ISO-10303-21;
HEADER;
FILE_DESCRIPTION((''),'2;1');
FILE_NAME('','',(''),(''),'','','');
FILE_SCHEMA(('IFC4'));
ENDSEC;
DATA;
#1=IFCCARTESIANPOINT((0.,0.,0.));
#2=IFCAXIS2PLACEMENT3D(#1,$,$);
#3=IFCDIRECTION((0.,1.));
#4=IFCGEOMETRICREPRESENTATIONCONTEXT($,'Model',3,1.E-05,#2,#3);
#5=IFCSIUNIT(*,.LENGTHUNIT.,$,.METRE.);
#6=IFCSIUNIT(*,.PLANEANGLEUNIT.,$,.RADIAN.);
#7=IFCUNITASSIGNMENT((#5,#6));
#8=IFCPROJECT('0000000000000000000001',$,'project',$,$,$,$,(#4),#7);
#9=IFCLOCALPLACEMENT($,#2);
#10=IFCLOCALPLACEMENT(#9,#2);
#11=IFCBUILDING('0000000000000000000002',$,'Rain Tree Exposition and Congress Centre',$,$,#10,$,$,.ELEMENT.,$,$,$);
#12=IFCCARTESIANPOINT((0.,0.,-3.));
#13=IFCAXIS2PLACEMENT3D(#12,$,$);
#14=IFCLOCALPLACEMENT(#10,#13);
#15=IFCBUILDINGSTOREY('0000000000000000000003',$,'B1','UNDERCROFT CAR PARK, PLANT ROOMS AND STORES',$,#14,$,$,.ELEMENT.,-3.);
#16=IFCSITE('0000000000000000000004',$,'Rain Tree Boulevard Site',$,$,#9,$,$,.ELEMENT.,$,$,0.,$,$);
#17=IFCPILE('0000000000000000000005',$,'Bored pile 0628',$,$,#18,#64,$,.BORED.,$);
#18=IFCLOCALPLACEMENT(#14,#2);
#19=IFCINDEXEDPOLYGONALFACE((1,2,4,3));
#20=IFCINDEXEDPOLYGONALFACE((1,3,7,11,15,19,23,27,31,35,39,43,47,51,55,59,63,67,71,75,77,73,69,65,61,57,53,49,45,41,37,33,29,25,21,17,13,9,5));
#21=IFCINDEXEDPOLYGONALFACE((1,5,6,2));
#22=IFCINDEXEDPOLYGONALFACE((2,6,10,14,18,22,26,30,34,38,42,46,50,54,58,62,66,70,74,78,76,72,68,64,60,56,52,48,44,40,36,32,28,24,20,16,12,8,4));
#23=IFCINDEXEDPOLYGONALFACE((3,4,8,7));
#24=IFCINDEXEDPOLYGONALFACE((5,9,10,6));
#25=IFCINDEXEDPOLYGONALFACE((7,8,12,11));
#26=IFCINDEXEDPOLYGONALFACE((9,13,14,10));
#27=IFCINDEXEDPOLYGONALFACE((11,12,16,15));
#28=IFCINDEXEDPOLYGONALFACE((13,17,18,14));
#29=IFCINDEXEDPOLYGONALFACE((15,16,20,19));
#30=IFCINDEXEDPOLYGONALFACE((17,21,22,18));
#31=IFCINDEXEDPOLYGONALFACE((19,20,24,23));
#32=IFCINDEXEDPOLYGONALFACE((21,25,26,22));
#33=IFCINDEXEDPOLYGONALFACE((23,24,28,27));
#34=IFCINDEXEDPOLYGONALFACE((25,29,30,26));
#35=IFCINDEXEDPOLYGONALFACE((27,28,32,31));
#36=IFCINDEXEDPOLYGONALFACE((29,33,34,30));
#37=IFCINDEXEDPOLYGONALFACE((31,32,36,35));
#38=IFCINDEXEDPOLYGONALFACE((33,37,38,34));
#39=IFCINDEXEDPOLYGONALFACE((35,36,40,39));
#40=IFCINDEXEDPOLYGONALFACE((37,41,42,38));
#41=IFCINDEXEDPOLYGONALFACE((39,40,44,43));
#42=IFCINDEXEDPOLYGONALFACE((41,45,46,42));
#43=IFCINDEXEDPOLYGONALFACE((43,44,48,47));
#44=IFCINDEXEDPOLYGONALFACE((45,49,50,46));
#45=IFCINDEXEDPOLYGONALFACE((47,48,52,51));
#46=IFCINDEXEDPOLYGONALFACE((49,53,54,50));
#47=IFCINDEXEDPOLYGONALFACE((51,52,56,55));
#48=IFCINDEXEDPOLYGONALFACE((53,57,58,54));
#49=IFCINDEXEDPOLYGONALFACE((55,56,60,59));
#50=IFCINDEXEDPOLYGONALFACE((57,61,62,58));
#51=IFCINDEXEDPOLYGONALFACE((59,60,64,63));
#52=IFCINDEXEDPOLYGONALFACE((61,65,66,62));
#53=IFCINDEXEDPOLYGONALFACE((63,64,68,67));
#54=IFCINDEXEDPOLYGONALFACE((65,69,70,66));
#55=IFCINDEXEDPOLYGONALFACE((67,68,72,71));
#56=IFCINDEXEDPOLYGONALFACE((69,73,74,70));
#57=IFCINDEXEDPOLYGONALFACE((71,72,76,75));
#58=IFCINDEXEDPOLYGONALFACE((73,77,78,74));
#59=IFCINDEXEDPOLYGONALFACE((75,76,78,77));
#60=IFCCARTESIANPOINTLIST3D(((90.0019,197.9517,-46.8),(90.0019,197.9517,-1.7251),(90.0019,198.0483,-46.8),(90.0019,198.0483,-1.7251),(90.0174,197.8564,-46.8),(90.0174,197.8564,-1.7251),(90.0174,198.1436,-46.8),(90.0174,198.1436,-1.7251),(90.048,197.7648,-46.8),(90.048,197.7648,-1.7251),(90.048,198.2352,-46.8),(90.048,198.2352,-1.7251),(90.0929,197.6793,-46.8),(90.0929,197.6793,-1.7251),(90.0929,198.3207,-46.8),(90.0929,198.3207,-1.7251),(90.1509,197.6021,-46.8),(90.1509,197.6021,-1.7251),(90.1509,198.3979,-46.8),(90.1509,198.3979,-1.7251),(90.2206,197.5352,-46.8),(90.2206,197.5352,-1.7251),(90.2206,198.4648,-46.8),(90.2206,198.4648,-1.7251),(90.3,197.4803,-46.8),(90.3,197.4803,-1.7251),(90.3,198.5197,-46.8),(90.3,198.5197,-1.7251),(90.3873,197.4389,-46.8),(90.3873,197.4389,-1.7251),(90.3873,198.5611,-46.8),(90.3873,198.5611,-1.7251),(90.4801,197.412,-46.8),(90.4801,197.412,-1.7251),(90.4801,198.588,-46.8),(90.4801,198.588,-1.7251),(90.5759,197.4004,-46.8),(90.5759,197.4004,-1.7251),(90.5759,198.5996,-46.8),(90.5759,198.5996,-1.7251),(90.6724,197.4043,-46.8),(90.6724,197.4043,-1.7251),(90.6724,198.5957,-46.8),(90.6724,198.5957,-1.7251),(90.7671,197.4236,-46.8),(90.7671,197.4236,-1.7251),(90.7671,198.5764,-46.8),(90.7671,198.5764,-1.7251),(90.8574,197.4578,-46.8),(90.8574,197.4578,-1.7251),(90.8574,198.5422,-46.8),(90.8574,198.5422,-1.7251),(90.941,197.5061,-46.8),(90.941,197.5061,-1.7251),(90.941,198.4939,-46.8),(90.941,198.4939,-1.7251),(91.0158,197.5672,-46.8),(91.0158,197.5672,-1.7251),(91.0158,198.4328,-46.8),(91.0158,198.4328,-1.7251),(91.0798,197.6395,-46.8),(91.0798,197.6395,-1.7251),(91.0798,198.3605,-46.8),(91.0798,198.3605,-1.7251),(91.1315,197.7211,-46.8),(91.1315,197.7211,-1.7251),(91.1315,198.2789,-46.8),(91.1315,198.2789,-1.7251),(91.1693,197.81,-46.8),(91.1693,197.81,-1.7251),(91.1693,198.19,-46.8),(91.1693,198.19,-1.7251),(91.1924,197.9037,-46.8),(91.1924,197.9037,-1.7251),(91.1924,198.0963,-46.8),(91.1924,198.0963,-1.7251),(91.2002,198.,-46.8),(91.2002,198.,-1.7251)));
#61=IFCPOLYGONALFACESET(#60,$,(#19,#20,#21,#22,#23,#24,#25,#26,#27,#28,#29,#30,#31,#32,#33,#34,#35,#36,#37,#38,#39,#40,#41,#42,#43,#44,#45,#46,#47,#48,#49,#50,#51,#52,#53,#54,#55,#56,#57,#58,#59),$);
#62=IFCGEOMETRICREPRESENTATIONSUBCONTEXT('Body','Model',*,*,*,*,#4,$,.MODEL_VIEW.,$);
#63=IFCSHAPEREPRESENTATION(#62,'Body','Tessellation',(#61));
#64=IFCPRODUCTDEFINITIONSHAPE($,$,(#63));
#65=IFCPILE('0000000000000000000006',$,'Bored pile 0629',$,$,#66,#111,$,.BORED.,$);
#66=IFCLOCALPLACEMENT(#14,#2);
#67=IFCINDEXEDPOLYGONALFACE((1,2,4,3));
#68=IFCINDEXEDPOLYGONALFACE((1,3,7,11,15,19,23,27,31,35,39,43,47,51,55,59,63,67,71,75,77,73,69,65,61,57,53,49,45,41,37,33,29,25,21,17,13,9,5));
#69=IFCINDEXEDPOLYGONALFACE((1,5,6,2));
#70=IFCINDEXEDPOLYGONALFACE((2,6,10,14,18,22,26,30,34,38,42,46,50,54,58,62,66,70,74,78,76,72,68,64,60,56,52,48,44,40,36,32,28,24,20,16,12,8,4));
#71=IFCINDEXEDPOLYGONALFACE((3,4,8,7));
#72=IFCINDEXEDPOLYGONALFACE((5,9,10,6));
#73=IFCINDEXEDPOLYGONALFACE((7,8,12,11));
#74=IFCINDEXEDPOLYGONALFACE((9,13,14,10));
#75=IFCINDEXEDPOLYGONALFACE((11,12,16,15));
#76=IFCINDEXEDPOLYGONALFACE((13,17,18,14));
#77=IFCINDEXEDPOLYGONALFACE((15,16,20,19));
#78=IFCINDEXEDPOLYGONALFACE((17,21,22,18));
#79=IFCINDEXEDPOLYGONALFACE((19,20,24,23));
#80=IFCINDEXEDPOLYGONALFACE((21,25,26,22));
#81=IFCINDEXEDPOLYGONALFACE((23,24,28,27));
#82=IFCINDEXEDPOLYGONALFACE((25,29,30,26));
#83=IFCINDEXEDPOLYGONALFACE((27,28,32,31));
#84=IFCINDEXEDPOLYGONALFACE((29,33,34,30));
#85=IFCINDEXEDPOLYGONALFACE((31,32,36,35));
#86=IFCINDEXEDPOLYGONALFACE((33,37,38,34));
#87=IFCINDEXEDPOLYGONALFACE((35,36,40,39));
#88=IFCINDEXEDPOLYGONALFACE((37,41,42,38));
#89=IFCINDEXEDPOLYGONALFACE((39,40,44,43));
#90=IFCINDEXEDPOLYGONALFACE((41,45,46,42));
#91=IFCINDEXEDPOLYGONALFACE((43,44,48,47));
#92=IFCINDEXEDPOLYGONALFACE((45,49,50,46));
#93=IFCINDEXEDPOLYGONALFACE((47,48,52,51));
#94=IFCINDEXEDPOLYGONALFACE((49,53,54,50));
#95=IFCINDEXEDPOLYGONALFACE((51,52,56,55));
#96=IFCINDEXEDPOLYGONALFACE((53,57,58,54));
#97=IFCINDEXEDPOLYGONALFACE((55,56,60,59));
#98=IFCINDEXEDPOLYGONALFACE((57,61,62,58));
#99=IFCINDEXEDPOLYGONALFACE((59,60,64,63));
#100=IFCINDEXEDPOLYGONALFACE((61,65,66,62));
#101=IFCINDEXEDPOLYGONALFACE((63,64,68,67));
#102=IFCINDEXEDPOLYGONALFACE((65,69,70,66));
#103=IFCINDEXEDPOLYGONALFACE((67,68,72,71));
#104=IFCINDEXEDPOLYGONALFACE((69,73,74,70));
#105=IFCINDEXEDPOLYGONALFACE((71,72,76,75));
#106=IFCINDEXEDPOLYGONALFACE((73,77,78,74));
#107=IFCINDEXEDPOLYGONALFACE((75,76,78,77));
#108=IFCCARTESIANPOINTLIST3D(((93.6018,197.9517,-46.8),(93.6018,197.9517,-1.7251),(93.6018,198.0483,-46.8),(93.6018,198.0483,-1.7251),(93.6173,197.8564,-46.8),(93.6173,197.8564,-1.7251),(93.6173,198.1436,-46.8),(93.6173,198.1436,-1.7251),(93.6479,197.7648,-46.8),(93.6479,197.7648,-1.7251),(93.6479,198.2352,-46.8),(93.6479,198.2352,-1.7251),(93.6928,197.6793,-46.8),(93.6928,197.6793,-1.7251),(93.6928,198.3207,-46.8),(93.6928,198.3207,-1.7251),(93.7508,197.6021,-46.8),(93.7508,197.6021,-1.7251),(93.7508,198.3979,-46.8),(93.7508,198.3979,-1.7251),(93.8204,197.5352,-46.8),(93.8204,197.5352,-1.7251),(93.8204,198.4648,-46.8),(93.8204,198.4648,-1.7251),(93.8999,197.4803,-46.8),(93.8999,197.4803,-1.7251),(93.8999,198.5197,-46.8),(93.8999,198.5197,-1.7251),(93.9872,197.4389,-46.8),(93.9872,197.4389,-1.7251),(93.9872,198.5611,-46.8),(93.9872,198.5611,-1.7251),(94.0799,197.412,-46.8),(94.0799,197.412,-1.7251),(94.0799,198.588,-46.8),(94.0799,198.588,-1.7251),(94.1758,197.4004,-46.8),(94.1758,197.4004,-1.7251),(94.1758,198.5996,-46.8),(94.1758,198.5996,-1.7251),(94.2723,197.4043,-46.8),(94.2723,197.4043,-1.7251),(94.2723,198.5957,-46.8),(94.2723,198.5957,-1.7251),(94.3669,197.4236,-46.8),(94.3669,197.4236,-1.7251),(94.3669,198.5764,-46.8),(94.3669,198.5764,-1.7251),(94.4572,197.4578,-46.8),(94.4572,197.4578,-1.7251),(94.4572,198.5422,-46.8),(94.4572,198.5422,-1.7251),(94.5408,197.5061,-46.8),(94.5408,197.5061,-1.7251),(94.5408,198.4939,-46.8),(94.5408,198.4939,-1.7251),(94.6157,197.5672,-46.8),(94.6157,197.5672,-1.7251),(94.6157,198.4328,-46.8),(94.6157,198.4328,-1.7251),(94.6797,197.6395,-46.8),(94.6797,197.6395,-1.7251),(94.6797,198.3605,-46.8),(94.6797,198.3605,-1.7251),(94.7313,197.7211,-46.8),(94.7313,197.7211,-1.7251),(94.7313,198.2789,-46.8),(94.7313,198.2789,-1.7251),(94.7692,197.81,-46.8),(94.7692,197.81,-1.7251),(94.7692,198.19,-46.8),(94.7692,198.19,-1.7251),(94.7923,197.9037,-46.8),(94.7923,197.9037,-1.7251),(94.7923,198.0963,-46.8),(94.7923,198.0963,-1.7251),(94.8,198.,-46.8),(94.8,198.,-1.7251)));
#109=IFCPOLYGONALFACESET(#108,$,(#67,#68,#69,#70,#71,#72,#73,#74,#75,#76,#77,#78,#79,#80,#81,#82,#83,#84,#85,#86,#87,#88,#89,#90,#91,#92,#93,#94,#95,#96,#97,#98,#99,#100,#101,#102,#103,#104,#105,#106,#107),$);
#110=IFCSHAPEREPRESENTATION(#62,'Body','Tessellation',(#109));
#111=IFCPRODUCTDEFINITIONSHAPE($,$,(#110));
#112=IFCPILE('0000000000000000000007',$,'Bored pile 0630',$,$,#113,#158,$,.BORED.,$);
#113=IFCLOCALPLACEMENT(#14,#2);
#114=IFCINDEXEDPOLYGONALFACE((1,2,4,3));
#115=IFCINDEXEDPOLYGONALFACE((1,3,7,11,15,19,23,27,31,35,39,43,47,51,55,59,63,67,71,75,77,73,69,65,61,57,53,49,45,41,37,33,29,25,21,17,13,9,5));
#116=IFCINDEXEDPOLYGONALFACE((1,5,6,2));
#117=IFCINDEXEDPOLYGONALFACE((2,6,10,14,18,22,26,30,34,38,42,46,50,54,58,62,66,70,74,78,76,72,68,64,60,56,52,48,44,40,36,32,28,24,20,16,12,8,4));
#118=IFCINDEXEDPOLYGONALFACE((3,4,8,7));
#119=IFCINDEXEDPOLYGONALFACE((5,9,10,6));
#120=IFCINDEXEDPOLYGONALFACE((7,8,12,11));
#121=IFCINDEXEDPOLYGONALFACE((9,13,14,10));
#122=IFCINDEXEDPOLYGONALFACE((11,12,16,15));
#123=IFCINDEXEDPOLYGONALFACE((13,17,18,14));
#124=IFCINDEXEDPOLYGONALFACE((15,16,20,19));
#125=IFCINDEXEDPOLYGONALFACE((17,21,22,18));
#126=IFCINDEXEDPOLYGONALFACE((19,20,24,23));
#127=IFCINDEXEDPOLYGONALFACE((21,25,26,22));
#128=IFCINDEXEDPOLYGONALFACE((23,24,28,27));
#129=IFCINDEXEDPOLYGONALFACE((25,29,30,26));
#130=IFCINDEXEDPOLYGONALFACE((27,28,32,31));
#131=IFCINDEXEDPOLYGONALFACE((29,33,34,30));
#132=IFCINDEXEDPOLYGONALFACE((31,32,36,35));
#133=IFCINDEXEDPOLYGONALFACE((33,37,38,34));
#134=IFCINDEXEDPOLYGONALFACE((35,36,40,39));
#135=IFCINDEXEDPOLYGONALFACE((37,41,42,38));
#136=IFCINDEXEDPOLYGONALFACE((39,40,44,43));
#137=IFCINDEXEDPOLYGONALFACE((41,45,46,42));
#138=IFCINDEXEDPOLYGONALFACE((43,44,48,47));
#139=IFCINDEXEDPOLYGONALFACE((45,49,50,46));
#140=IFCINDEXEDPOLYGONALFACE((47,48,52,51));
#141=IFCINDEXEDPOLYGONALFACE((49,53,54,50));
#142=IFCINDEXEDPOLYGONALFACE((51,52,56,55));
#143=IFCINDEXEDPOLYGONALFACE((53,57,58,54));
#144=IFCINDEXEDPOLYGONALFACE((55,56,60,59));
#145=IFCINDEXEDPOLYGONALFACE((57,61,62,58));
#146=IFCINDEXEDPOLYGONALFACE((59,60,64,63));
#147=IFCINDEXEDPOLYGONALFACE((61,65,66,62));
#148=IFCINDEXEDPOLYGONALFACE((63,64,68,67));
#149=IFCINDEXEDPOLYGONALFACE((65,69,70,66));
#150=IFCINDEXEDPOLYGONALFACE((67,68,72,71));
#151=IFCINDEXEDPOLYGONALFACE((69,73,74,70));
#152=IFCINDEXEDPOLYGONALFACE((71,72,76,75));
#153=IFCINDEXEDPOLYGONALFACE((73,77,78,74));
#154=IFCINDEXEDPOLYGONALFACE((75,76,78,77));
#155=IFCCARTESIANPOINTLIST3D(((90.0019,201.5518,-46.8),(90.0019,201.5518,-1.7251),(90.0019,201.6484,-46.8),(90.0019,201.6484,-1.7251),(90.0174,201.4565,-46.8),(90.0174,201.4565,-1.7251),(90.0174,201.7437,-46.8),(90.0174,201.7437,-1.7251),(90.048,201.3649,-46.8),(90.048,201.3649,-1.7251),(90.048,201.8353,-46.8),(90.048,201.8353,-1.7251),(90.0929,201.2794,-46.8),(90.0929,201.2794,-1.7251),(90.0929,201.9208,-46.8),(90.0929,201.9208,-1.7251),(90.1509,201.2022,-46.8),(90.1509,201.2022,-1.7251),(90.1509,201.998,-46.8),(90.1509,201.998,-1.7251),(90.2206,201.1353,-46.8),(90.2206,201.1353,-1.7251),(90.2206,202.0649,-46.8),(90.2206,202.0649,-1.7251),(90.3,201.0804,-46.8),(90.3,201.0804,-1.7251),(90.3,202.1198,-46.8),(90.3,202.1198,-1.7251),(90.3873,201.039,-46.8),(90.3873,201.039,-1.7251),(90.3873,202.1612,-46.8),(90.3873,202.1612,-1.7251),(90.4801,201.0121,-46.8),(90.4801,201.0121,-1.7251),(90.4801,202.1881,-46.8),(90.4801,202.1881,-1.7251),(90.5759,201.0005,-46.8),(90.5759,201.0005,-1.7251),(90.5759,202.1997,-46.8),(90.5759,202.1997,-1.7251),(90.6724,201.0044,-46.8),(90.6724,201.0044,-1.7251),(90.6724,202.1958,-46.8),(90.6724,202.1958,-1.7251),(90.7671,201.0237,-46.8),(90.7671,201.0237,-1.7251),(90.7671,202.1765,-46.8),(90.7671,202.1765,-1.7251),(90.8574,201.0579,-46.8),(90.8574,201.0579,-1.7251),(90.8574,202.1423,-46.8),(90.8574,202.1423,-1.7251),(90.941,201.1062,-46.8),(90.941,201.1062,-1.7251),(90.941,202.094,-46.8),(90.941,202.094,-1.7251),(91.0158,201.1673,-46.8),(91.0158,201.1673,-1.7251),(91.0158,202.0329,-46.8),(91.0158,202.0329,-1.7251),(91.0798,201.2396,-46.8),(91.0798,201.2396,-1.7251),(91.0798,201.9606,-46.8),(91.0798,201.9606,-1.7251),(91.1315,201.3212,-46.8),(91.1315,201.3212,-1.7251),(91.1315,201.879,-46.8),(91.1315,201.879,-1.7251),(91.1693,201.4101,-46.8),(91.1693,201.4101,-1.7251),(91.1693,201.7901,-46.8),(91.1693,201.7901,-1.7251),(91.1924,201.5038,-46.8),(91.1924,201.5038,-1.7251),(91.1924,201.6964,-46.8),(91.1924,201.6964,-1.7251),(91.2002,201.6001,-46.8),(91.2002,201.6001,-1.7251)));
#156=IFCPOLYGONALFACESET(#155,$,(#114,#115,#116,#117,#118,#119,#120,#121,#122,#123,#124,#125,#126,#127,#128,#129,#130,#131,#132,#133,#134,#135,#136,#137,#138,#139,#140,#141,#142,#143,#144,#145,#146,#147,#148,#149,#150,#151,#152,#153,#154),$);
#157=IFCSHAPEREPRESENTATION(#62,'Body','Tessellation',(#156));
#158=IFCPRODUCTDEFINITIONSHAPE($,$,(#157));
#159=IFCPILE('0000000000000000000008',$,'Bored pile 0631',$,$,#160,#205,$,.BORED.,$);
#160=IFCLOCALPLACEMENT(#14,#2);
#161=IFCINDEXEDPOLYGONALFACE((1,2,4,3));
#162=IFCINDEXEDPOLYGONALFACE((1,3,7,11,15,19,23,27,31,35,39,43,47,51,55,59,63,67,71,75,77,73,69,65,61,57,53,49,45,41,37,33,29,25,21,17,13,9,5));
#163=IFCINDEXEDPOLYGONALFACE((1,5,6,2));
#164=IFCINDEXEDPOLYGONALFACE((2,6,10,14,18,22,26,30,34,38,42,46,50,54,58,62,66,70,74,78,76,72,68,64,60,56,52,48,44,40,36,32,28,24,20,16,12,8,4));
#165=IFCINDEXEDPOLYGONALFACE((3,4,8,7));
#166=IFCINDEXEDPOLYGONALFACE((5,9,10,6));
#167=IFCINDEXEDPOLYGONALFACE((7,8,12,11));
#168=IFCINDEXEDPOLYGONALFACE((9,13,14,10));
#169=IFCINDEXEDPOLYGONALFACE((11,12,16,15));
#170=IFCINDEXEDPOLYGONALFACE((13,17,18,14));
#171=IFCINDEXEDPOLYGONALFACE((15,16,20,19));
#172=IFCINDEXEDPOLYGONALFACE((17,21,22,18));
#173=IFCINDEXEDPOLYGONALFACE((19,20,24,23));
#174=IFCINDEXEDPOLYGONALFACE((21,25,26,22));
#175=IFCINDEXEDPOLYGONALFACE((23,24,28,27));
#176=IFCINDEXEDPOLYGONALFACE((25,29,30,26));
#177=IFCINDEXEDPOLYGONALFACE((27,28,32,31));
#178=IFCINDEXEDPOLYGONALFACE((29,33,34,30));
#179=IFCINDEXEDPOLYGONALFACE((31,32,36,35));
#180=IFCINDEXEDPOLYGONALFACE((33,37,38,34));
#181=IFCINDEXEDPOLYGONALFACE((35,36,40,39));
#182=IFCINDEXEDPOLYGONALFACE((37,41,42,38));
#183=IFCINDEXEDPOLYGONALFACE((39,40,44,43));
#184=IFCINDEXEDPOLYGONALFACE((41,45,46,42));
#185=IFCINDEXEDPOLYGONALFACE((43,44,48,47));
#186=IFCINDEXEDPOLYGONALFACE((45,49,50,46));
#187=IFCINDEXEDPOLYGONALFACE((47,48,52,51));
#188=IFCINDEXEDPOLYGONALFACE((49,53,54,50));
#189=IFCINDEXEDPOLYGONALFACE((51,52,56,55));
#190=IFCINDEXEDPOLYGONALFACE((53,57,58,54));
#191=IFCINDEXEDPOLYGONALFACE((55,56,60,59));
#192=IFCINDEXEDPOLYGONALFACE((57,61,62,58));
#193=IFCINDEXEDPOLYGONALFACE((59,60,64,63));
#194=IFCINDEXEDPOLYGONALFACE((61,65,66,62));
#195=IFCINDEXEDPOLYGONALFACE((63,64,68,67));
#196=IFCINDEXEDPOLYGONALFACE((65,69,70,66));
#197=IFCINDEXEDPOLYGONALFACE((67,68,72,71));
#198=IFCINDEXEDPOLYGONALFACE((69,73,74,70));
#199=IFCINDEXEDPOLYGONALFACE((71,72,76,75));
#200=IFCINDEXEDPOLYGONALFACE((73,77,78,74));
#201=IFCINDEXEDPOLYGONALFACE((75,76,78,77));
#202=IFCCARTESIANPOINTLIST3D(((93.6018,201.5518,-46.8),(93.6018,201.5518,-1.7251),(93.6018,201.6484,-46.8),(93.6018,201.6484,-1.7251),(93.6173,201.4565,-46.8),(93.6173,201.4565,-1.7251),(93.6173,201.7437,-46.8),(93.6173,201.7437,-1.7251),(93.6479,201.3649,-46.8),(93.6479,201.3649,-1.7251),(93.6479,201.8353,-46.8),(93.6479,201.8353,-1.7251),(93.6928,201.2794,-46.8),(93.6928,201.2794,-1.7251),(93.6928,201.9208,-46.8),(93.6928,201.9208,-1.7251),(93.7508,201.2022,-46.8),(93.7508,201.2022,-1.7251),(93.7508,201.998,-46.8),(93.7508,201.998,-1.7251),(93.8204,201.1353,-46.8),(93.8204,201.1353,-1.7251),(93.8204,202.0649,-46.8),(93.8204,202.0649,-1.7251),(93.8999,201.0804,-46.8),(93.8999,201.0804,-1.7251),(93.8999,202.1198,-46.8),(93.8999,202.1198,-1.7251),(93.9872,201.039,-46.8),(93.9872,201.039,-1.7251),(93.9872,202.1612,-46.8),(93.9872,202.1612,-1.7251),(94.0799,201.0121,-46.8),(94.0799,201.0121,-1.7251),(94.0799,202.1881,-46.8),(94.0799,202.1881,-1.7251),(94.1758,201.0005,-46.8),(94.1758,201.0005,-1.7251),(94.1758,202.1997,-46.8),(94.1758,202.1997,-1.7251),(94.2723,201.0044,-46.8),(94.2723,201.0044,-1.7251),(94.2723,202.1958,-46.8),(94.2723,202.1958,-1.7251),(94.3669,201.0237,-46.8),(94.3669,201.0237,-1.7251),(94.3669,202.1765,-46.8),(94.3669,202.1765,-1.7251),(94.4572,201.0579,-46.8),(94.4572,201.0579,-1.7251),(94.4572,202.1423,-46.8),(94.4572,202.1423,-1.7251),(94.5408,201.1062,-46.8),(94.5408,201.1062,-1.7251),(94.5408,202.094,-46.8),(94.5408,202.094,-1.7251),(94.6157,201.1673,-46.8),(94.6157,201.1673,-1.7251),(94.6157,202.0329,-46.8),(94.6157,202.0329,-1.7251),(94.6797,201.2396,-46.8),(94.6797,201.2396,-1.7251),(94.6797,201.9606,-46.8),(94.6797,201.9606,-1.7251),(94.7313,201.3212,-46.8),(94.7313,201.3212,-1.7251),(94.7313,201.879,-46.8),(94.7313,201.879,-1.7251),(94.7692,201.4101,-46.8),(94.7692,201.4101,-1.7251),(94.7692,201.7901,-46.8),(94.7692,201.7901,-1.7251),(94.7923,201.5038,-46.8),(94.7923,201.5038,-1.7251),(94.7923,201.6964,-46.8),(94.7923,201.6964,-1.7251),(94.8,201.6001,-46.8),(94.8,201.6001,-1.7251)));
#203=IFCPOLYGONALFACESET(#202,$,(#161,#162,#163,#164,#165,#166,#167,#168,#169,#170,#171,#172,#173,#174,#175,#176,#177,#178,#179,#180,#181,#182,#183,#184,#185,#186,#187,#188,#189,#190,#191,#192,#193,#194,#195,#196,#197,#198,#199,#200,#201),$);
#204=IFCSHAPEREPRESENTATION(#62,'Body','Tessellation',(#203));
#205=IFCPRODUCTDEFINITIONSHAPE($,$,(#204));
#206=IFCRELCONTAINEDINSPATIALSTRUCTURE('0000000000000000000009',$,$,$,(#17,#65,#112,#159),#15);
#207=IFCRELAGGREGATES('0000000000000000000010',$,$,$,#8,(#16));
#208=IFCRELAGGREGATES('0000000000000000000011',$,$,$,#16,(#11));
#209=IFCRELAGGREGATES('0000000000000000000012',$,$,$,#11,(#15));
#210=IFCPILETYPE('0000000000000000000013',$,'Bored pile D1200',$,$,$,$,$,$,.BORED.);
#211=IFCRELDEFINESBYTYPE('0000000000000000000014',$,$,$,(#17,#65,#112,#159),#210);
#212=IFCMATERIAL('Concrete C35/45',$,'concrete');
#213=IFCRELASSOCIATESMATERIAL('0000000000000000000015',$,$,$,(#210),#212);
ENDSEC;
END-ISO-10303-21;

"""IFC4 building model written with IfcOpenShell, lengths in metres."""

from ifc_helpers import new_model, si_unit, direction, frame, origin, origin_2d, place, context, subcontext, project, spatial, circle, extrude, material, material_profile, profile_set, type_object, element, save


model = new_model("IFC4")

# Units and contexts
model_context = context("Model", 3, precision=1e-05, world=origin(), true_north=direction((0.0, 1.0)))
body_context = subcontext(model_context, "Body", "Model", "MODEL_VIEW")
ifc_project = project(units=[si_unit("LENGTHUNIT", "METRE"), si_unit("PLANEANGLEUNIT", "RADIAN")], contexts=[model_context])

# Site, building, storey
site_placement = place(None, origin())
site = spatial("IfcSite", under=ifc_project, at=site_placement, Name="Rain Tree Boulevard Site", CompositionType="ELEMENT", RefElevation=0.0)
building_placement = place(site_placement, origin())
building = spatial("IfcBuilding", under=site, at=building_placement, Name="Rain Tree Exposition and Congress Centre", CompositionType="ELEMENT")
storey_placement = place(building_placement, frame((0.0, 0.0, -3.0)))
storey = spatial("IfcBuildingStorey", under=building, at=storey_placement, Name="B1", Description="UNDERCROFT CAR PARK, PLANT ROOMS AND STORES", CompositionType="ELEMENT", Elevation=-3.0)

# Piles
ifc_material_1 = material(Name="Concrete C35/45", Category="concrete")
ifc_material_profile_1 = material_profile(ifc_material_1, circle(Radius=0.6001, at=origin_2d()), Name="D1200")
ifc_profile_set_1 = profile_set([ifc_material_profile_1], Name="Concrete C35/45")
pile_type_1 = type_object("IfcPileType", Name="Bored pile D1200", PredefinedType="BORED", material=ifc_profile_set_1)
for number, where, z_axis, x_axis, name in (
    (1, (90.6001, 198.0, -1.7251), (0.0, 0.0, -1.0), (1.0, 0.0, 0.0), "Bored pile 0628"),
    (2, (94.2, 198.0, -1.7251), (0.0, 0.0, -1.0), (1.0, 0.0, 0.0), "Bored pile 0629"),
    (3, (90.6001, 201.6001, -1.7251), (0.0, 0.0, -1.0), (1.0, 0.0, 0.0), "Bored pile 0630"),
    (4, (94.2, 201.6001, -1.7251), (0.0, 0.0, -1.0), (1.0, 0.0, 0.0), "Bored pile 0631"),
):
    element("IfcPile", number, at=place(storey_placement, frame(where, z_axis=z_axis, x_axis=x_axis)), inside=storey, type_object=pile_type_1, Name=name, PredefinedType="BORED", context=body_context, shape_type="SweptSolid", body=[
        extrude(circle(Radius=0.6001, at=origin_2d()), origin(), (0.0, 0.0, 1.0), 45.075),
    ])

save(model, "model.ifc")
